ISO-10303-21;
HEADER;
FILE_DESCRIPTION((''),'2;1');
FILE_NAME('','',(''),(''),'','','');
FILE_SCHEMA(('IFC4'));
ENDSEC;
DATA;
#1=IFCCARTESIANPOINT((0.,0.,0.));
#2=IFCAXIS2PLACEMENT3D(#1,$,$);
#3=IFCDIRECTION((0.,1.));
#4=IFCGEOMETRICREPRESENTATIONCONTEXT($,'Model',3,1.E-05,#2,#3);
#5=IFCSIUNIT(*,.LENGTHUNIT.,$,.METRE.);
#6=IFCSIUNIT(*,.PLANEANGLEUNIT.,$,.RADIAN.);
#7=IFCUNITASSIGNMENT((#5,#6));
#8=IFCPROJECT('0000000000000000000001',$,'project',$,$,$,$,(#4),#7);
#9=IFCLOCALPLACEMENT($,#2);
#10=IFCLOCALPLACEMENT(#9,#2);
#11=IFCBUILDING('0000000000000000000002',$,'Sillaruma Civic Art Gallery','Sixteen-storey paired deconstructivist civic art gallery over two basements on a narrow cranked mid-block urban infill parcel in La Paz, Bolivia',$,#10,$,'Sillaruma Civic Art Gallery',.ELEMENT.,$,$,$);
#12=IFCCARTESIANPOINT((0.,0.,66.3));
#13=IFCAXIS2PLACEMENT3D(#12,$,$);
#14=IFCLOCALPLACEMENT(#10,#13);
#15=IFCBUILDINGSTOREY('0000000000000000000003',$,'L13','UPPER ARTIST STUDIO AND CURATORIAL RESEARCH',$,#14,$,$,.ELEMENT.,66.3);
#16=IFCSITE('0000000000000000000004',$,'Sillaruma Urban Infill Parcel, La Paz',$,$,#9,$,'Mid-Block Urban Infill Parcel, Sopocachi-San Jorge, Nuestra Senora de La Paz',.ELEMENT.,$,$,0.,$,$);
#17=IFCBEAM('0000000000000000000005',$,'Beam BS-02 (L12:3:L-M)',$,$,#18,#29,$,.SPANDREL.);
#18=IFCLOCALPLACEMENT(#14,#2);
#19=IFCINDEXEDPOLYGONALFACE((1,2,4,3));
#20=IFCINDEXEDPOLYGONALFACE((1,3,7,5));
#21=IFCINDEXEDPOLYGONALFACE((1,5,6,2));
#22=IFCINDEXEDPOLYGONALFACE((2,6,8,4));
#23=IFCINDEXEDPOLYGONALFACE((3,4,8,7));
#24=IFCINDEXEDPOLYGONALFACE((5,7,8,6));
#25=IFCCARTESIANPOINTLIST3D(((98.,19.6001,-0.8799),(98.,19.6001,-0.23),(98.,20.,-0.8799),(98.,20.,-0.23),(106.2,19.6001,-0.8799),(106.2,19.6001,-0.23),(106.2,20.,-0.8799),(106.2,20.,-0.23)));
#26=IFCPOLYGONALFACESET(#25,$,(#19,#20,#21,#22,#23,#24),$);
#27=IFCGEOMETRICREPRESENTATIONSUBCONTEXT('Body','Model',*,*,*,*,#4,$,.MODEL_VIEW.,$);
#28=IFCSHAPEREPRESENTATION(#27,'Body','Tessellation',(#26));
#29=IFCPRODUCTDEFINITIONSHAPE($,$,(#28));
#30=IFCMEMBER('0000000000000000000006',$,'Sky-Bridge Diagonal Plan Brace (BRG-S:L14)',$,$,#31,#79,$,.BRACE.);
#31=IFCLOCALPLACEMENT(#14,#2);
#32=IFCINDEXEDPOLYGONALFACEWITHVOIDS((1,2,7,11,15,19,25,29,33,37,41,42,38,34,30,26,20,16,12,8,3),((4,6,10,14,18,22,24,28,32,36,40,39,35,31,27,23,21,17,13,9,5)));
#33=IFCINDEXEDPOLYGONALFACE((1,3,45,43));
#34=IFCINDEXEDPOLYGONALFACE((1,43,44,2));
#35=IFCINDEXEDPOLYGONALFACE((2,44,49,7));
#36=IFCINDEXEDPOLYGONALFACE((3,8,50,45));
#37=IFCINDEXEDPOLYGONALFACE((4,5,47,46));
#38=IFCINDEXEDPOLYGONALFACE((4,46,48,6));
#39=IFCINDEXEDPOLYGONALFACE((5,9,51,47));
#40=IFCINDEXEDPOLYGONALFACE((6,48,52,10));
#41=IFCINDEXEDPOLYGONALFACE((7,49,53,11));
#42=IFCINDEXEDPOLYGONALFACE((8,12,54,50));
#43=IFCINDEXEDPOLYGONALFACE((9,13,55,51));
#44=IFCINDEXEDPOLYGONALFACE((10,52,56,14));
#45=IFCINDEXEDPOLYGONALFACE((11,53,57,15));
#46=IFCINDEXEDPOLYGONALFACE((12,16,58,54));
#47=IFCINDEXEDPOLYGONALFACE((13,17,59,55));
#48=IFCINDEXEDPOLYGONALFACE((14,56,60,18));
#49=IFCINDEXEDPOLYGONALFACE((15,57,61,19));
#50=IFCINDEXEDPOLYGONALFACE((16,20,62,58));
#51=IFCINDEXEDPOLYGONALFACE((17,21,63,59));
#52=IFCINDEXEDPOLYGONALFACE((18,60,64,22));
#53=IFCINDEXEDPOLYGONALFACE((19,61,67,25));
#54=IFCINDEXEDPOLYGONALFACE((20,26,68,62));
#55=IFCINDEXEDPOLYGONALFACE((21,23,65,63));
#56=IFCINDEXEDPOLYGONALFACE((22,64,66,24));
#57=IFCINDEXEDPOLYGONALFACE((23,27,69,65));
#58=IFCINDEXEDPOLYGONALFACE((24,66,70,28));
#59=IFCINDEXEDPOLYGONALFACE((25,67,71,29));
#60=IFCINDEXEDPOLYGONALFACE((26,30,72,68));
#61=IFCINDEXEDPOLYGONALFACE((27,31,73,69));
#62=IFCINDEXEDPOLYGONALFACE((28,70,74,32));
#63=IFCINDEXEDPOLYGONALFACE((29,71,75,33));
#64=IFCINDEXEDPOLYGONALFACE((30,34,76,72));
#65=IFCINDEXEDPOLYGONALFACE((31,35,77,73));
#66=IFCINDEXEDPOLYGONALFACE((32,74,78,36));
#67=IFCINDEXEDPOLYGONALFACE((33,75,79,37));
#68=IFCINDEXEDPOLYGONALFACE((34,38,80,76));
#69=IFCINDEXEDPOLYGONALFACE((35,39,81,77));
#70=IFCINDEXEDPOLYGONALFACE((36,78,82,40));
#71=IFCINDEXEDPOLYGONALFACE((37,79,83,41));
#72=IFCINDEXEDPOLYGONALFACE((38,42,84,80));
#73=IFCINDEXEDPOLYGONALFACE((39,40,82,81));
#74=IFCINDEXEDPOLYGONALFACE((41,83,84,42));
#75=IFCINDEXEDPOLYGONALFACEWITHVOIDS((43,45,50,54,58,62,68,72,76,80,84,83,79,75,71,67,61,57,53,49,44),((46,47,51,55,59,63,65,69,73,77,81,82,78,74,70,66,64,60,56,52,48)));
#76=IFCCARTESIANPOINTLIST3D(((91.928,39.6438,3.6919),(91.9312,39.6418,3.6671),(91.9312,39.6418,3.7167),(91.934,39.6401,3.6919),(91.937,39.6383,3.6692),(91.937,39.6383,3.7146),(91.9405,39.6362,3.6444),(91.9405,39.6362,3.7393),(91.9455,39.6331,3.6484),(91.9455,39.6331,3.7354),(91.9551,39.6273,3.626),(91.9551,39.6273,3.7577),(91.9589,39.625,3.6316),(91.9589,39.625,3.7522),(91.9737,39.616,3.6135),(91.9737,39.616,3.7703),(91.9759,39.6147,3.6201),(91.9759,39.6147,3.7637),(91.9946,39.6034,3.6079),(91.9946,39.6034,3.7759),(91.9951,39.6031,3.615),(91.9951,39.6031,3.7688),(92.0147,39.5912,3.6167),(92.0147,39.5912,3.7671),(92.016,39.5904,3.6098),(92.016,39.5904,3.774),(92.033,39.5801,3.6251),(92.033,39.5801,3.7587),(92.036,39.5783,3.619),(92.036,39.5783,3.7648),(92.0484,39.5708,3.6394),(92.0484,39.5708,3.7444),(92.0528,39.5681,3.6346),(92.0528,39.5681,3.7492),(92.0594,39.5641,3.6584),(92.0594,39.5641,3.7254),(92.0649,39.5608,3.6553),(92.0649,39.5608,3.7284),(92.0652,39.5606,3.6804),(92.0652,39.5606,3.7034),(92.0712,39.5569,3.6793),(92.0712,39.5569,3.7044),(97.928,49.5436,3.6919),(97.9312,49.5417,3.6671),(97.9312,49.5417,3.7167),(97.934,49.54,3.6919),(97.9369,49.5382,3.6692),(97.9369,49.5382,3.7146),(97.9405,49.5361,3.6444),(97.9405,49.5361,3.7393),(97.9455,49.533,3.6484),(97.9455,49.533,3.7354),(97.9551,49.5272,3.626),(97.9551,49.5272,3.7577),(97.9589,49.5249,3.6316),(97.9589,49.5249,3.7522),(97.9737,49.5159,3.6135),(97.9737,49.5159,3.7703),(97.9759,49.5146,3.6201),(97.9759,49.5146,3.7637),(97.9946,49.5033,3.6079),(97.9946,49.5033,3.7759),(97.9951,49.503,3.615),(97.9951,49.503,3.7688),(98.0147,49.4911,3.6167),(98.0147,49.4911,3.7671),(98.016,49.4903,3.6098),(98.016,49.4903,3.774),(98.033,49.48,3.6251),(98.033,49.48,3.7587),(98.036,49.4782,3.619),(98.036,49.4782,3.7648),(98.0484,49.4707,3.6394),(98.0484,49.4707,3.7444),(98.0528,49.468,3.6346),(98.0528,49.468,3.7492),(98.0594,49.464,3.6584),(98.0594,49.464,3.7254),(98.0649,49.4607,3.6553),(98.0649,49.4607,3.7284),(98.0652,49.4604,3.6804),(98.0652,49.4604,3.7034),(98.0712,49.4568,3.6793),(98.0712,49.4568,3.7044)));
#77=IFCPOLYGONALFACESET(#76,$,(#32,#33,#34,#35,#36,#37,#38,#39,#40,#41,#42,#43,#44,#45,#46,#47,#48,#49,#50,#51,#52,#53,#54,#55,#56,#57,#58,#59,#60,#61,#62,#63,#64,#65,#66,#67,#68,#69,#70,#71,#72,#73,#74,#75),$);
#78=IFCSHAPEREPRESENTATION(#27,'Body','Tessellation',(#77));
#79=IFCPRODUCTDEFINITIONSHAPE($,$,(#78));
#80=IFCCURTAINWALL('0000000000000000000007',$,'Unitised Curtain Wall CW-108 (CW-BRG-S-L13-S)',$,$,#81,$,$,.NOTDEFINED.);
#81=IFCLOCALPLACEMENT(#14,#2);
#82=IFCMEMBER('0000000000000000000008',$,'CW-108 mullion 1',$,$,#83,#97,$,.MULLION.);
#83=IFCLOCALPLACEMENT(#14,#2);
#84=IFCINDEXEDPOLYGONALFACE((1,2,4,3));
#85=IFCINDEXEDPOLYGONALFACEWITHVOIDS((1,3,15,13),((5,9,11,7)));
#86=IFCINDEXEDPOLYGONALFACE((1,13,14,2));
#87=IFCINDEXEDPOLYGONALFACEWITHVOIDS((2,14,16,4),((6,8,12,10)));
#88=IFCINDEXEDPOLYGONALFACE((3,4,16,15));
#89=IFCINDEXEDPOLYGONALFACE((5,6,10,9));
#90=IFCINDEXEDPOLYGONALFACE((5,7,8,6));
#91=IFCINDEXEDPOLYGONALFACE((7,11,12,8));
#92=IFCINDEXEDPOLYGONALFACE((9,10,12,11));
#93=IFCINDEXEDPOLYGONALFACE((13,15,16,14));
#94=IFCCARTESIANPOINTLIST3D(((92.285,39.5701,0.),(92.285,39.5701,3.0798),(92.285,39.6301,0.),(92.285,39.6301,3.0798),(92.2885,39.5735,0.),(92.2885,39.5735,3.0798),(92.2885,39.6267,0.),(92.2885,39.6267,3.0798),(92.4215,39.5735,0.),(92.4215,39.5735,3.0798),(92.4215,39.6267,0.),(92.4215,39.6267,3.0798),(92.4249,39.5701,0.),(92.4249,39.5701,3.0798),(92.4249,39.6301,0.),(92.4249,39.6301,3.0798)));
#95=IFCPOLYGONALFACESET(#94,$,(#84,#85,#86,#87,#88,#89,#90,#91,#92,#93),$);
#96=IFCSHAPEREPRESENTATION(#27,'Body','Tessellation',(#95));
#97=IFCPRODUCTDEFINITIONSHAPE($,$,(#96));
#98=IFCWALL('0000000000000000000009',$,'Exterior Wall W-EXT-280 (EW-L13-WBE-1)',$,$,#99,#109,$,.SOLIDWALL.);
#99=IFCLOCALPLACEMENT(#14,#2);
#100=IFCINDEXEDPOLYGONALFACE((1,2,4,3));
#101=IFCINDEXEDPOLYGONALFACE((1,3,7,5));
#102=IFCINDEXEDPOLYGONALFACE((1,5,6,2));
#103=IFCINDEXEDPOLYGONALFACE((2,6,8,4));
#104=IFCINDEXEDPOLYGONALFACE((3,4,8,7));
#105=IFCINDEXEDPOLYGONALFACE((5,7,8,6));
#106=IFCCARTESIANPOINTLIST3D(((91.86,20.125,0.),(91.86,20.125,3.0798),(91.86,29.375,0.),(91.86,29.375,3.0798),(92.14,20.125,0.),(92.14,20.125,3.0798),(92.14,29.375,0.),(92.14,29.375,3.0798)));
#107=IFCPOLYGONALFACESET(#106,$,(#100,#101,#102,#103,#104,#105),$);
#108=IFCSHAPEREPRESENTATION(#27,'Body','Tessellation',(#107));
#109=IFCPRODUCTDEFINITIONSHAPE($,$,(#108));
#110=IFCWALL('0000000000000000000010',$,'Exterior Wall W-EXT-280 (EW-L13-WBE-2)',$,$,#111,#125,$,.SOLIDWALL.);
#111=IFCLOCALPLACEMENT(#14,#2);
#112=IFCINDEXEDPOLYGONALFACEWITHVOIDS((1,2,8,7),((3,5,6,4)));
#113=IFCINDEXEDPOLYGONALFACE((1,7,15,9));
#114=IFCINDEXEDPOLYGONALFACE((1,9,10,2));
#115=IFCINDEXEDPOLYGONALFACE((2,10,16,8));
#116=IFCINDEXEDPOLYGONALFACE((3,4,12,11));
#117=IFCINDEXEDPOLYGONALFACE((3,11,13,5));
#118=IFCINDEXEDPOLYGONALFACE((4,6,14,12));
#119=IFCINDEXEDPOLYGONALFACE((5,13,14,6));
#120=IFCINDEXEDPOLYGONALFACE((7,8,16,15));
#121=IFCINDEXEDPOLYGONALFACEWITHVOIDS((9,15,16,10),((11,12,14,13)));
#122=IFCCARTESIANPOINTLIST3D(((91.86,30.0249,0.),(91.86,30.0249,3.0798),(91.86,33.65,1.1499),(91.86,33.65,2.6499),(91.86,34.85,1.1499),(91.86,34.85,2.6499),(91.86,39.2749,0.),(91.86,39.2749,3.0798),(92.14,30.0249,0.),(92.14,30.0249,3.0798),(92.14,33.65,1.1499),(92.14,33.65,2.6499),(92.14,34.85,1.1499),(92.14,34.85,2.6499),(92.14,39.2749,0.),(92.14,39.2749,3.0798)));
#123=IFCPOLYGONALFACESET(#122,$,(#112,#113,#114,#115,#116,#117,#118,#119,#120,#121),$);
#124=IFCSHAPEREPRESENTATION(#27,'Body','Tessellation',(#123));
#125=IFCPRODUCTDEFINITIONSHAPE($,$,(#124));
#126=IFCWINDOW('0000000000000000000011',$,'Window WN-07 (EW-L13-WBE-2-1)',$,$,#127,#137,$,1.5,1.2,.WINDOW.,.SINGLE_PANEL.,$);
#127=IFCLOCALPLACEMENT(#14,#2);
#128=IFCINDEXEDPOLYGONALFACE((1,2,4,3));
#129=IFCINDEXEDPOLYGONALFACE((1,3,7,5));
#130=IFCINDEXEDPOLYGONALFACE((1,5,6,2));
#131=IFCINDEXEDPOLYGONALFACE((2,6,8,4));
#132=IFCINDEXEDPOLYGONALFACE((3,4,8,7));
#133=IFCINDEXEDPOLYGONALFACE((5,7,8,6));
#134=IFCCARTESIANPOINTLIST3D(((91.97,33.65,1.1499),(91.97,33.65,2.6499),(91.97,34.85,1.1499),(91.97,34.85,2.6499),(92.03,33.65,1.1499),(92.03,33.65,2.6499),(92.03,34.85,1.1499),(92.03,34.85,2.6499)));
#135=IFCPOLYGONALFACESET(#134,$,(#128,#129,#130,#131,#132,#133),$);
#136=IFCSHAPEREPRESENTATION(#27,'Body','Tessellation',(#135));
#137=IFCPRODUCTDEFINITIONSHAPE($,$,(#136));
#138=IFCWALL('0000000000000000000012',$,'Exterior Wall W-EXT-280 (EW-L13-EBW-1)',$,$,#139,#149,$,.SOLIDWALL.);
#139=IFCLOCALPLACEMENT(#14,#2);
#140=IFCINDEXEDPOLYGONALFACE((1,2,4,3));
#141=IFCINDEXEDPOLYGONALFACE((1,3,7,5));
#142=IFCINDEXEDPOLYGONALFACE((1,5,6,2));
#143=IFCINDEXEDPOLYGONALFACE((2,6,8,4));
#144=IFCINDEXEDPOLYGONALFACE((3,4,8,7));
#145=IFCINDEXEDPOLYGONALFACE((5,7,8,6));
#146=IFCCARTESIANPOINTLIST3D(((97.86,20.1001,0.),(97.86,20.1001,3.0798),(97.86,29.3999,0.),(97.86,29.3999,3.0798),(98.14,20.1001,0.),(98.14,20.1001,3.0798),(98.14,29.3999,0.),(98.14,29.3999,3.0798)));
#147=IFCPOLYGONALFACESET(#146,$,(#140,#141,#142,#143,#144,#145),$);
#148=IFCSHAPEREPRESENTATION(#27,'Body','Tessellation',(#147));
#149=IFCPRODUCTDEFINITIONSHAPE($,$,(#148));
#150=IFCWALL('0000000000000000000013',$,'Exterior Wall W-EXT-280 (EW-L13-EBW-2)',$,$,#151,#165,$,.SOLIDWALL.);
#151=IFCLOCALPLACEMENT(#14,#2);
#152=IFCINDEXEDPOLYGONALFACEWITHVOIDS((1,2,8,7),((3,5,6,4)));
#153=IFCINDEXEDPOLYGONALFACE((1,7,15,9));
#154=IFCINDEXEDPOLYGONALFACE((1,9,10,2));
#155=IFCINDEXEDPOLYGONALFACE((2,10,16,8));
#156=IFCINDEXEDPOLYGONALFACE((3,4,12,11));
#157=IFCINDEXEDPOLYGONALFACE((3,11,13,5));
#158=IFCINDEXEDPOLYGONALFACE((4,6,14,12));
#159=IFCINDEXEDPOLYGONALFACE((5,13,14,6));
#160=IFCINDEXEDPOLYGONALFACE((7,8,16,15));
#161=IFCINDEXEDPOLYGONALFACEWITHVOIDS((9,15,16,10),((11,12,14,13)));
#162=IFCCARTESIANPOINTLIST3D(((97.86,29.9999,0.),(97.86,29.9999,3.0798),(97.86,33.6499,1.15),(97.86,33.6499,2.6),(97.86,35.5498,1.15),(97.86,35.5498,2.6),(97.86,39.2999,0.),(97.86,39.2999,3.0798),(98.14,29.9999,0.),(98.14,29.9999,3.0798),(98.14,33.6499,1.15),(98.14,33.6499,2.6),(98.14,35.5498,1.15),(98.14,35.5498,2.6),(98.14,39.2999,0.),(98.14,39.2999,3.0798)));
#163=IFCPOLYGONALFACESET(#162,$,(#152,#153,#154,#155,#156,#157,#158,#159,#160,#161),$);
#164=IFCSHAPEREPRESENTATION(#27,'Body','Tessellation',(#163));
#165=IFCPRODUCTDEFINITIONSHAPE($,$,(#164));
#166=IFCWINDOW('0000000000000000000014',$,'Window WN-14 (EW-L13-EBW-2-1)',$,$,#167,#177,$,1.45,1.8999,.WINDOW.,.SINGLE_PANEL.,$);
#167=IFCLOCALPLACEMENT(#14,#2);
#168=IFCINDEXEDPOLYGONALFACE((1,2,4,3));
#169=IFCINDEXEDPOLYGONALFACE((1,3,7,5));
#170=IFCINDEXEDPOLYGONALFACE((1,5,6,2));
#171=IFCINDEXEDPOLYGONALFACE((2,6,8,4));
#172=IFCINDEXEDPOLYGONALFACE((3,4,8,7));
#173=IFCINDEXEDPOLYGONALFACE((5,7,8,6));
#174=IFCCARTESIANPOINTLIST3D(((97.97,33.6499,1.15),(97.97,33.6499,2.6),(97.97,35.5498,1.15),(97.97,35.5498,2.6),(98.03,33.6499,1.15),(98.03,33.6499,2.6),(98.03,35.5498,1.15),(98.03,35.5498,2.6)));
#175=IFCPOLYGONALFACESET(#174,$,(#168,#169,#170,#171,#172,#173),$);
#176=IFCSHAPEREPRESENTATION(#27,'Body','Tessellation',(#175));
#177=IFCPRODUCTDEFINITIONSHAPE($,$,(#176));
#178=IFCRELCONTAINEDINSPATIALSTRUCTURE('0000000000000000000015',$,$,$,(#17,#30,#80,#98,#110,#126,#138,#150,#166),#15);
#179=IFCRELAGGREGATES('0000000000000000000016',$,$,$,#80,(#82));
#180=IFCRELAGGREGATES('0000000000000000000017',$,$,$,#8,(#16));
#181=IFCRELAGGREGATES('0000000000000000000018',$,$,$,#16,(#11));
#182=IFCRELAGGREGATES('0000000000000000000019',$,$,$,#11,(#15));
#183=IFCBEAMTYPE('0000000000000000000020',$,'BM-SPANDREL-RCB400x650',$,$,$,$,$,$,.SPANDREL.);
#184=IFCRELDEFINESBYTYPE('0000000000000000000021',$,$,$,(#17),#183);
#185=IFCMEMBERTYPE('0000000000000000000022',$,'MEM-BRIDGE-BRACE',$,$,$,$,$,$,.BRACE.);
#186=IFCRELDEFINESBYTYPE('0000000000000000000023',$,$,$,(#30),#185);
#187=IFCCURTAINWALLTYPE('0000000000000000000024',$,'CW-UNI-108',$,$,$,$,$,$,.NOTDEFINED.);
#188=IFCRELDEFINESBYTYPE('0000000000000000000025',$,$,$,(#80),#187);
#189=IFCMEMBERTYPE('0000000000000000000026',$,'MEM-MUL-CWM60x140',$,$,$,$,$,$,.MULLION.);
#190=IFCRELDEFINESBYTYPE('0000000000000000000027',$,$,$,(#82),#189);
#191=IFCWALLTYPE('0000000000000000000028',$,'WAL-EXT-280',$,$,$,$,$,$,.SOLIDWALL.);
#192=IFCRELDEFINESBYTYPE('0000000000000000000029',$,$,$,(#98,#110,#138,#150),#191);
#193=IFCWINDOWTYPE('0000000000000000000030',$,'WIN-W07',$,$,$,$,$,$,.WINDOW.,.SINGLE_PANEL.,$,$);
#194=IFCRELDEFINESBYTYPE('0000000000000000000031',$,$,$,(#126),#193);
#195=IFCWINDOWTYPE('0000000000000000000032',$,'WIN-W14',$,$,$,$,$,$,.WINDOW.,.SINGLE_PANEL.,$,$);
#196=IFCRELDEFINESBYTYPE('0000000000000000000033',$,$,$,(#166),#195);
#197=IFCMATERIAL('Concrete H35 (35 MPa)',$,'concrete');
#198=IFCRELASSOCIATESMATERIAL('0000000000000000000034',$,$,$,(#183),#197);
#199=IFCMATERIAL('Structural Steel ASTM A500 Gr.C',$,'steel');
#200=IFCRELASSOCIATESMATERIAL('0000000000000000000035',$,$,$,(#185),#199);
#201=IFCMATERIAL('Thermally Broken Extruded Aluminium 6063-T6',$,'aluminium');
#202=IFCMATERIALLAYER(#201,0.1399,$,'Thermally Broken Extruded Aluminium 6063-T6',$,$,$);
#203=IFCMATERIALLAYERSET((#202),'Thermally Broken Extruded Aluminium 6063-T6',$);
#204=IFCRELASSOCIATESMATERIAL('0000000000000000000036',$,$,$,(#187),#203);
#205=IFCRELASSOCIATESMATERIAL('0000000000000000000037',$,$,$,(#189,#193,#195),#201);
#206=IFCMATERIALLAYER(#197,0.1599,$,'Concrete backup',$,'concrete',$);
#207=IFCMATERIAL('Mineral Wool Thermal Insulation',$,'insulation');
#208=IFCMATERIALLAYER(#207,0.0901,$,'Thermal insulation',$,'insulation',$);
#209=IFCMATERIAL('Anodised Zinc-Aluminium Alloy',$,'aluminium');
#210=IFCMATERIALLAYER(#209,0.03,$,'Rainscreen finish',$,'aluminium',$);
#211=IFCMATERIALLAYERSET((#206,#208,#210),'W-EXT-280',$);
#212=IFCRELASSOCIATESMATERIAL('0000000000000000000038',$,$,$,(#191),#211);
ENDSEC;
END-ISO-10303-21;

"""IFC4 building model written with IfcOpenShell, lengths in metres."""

from ifc_helpers import new_model, si_unit, direction, frame, frame_2d, origin, origin_2d, place, context, subcontext, project, spatial, rectangle, hollow_rectangle, hollow_circle, extrude, material, layer, layer_set, material_profile, profile_set, type_object, element, fill, aggregate, save


model = new_model("IFC4")

# Units and contexts
model_context = context("Model", 3, precision=1e-05, world=origin(), true_north=direction((0.0, 1.0)))
body_context = subcontext(model_context, "Body", "Model", "MODEL_VIEW")
ifc_project = project(units=[si_unit("LENGTHUNIT", "METRE"), si_unit("PLANEANGLEUNIT", "RADIAN")], contexts=[model_context])

# Site, building, storey
site_placement = place(None, origin())
site = spatial("IfcSite", under=ifc_project, at=site_placement, Name="Sillaruma Urban Infill Parcel, La Paz", LongName="Mid-Block Urban Infill Parcel, Sopocachi-San Jorge, Nuestra Senora de La Paz", CompositionType="ELEMENT", RefElevation=0.0)
building_placement = place(site_placement, origin())
building = spatial("IfcBuilding", under=site, at=building_placement, Name="Sillaruma Civic Art Gallery", Description="Sixteen-storey paired deconstructivist civic art gallery over two basements on a narrow cranked mid-block urban infill parcel in La Paz, Bolivia", LongName="Sillaruma Civic Art Gallery", CompositionType="ELEMENT")
storey_placement = place(building_placement, frame((0.0, 0.0, 66.3)))
storey = spatial("IfcBuildingStorey", under=building, at=storey_placement, Name="L13", Description="UPPER ARTIST STUDIO AND CURATORIAL RESEARCH", CompositionType="ELEMENT", Elevation=66.3)

# Beam
ifc_material_1 = material(Name="Concrete H35 (35 MPa)", Category="concrete")
ifc_material_profile_1 = material_profile(ifc_material_1, rectangle(XDim=0.3999, YDim=0.6499, at=origin_2d()), Name="RCB400x650")
ifc_profile_set_1 = profile_set([ifc_material_profile_1], Name="Concrete H35 (35 MPa)")
beam_type_1 = type_object("IfcBeamType", Name="BM-SPANDREL-RCB400x650", PredefinedType="SPANDREL", material=ifc_profile_set_1)
beam_1_placement = place(storey_placement, frame((98.0, 19.8, -0.5549), z_axis=(1.0, 0.0, 0.0), x_axis=(0.0, 1.0, 0.0)))
element("IfcBeam", 1, at=beam_1_placement, inside=storey, type_object=beam_type_1, Name="Beam BS-02 (L12:3:L-M)", PredefinedType="SPANDREL", context=body_context, shape_type="SweptSolid", body=[
    extrude(rectangle(XDim=0.3999, YDim=0.6499, at=origin_2d()), origin(), (0.0, 0.0, 1.0), 8.2),
])

# Member
ifc_material_2 = material(Name="Structural Steel ASTM A500 Gr.C", Category="steel")
ifc_material_profile_2 = material_profile(ifc_material_2, hollow_circle(Radius=0.0842, WallThickness=0.0071, at=origin_2d()), Name="CHS168.3x7.1")
ifc_profile_set_2 = profile_set([ifc_material_profile_2], Name="Structural Steel ASTM A500 Gr.C")
member_type_1 = type_object("IfcMemberType", Name="MEM-BRIDGE-BRACE", PredefinedType="BRACE", material=ifc_profile_set_2)
member_1_placement = place(storey_placement, frame((92.0, 39.6001, 3.6919), z_axis=(0.518305, 0.855196, 0.0), x_axis=(-0.855196, 0.518305, 0.0)))
element("IfcMember", 2, at=member_1_placement, inside=storey, type_object=member_type_1, Name="Sky-Bridge Diagonal Plan Brace (BRG-S:L14)", PredefinedType="BRACE", context=body_context, shape_type="SweptSolid", body=[
    extrude(hollow_circle(Radius=0.0842, WallThickness=0.0071, at=origin_2d()), origin(), (0.0, 0.0, 1.0), 11.5762),
])

# Curtain wall, member
ifc_material_3 = material(Name="Thermally Broken Extruded Aluminium 6063-T6", Category="aluminium")
ifc_layer_1 = layer(ifc_material_3, 0.1399, Name="Thermally Broken Extruded Aluminium 6063-T6")
ifc_layer_set_1 = layer_set([ifc_layer_1], Name="Thermally Broken Extruded Aluminium 6063-T6")
curtain_wall_type = type_object("IfcCurtainWallType", Name="CW-UNI-108", PredefinedType="NOTDEFINED", material=ifc_layer_set_1)
curtain_wall_placement = place(storey_placement, origin())
curtain_wall = element("IfcCurtainWall", 3, at=curtain_wall_placement, inside=storey, type_object=curtain_wall_type, Name="Unitised Curtain Wall CW-108 (CW-BRG-S-L13-S)", PredefinedType="NOTDEFINED")
ifc_material_profile_3 = material_profile(ifc_material_3, hollow_rectangle(XDim=0.0601, YDim=0.1399, WallThickness=0.0034, at=origin_2d()), Name="CWM60x140")
ifc_profile_set_3 = profile_set([ifc_material_profile_3], Name="Thermally Broken Extruded Aluminium 6063-T6")
member_type_2 = type_object("IfcMemberType", Name="MEM-MUL-CWM60x140", PredefinedType="MULLION", material=ifc_profile_set_3)
member_2_placement = place(storey_placement, frame((92.355, 39.6001, 0.0), z_axis=(0.0, 0.0, 1.0), x_axis=(0.0, 1.0, 0.0)))
member_2 = element("IfcMember", 4, at=member_2_placement, type_object=member_type_2, Name="CW-108 mullion 1", PredefinedType="MULLION", context=body_context, shape_type="SweptSolid", body=[
    extrude(hollow_rectangle(XDim=0.0601, YDim=0.1399, WallThickness=0.0034, at=origin_2d()), origin(), (0.0, 0.0, 1.0), 3.0798),
])
aggregate(curtain_wall, [member_2])

# Wall
ifc_layer_2 = layer(ifc_material_1, 0.1599, Name="Concrete backup", Category="concrete")
ifc_material_4 = material(Name="Mineral Wool Thermal Insulation", Category="insulation")
ifc_layer_3 = layer(ifc_material_4, 0.0901, Name="Thermal insulation", Category="insulation")
ifc_material_5 = material(Name="Anodised Zinc-Aluminium Alloy", Category="aluminium")
ifc_layer_4 = layer(ifc_material_5, 0.03, Name="Rainscreen finish", Category="aluminium")
ifc_layer_set_2 = layer_set([ifc_layer_2, ifc_layer_3, ifc_layer_4], Name="W-EXT-280")
wall_type_1 = type_object("IfcWallType", Name="WAL-EXT-280", PredefinedType="SOLIDWALL", material=ifc_layer_set_2)
wall_1_placement = place(storey_placement, frame((92.0, 20.125, 0.0), z_axis=(0.0, 0.0, 1.0), x_axis=(0.0, 1.0, 0.0)))
element("IfcWall", 5, at=wall_1_placement, inside=storey, type_object=wall_type_1, Name="Exterior Wall W-EXT-280 (EW-L13-WBE-1)", PredefinedType="SOLIDWALL", context=body_context, shape_type="SweptSolid", body=[
    extrude(rectangle(XDim=9.25, YDim=0.28, at=frame_2d((4.625, 0.0))), origin(), (0.0, 0.0, 1.0), 3.0798),
])

# Wall, opening, window
wall_2_placement = place(storey_placement, frame((92.0, 30.0249, 0.0), z_axis=(0.0, 0.0, 1.0), x_axis=(0.0, 1.0, 0.0)))
wall_2 = element("IfcWall", 6, at=wall_2_placement, inside=storey, type_object=wall_type_1, Name="Exterior Wall W-EXT-280 (EW-L13-WBE-2)", PredefinedType="SOLIDWALL", context=body_context, shape_type="SweptSolid", body=[
    extrude(rectangle(XDim=9.25, YDim=0.28, at=frame_2d((4.625, 0.0))), origin(), (0.0, 0.0, 1.0), 3.0798),
])
opening_1_placement = place(wall_2_placement, frame((3.625, 0.0, 1.1499)))
opening_1 = element("IfcOpeningElement", 7, at=opening_1_placement, cuts=wall_2, PredefinedType="OPENING", context=body_context, shape_type="SweptSolid", body=[
    extrude(rectangle(XDim=1.2, YDim=1.5, at=frame_2d((0.6001, 0.75))), frame((0.0, 0.1499, 0.0), z_axis=(0.0, -1.0, 0.0), x_axis=(1.0, 0.0, 0.0)), (0.0, 0.0, 1.0), 0.3),
])
window_type_1 = type_object("IfcWindowType", Name="WIN-W07", PartitioningType="SINGLE_PANEL", PredefinedType="WINDOW", material=ifc_material_3)
window_1_placement = place(opening_1_placement, origin())
window_1 = element("IfcWindow", 8, at=window_1_placement, inside=storey, type_object=window_type_1, Name="Window WN-07 (EW-L13-WBE-2-1)", OverallHeight=1.5, OverallWidth=1.2, PartitioningType="SINGLE_PANEL", PredefinedType="WINDOW", context=body_context, shape_type="SweptSolid", body=[
    extrude(rectangle(XDim=1.2, YDim=1.5, at=frame_2d((0.6001, 0.75))), frame((0.0, 0.03, 0.0), z_axis=(0.0, -1.0, 0.0), x_axis=(1.0, 0.0, 0.0)), (0.0, 0.0, 1.0), 0.0601),
])
fill(opening_1, window_1)

# Wall
wall_3_placement = place(storey_placement, frame((98.0, 20.1001, 0.0), z_axis=(0.0, 0.0, 1.0), x_axis=(0.0, 1.0, 0.0)))
element("IfcWall", 9, at=wall_3_placement, inside=storey, type_object=wall_type_1, Name="Exterior Wall W-EXT-280 (EW-L13-EBW-1)", PredefinedType="SOLIDWALL", context=body_context, shape_type="SweptSolid", body=[
    extrude(rectangle(XDim=9.2998, YDim=0.28, at=frame_2d((4.6499, 0.0))), origin(), (0.0, 0.0, 1.0), 3.0798),
])

# Wall, opening, window
wall_4_placement = place(storey_placement, frame((98.0, 30.0, 0.0), z_axis=(0.0, 0.0, 1.0), x_axis=(0.0, 1.0, 0.0)))
wall_4 = element("IfcWall", 10, at=wall_4_placement, inside=storey, type_object=wall_type_1, Name="Exterior Wall W-EXT-280 (EW-L13-EBW-2)", PredefinedType="SOLIDWALL", context=body_context, shape_type="SweptSolid", body=[
    extrude(rectangle(XDim=9.3, YDim=0.28, at=frame_2d((4.6499, 0.0))), origin(), (0.0, 0.0, 1.0), 3.0798),
])
opening_2_placement = place(wall_4_placement, frame((3.6499, 0.0, 1.1499)))
opening_2 = element("IfcOpeningElement", 11, at=opening_2_placement, cuts=wall_4, PredefinedType="OPENING", context=body_context, shape_type="SweptSolid", body=[
    extrude(rectangle(XDim=1.8999, YDim=1.45, at=frame_2d((0.95, 0.7251))), frame((0.0, 0.1499, 0.0), z_axis=(0.0, -1.0, 0.0), x_axis=(1.0, 0.0, 0.0)), (0.0, 0.0, 1.0), 0.3),
])
window_type_2 = type_object("IfcWindowType", Name="WIN-W14", PartitioningType="SINGLE_PANEL", PredefinedType="WINDOW", material=ifc_material_3)
window_2_placement = place(opening_2_placement, origin())
window_2 = element("IfcWindow", 12, at=window_2_placement, inside=storey, type_object=window_type_2, Name="Window WN-14 (EW-L13-EBW-2-1)", OverallHeight=1.45, OverallWidth=1.8999, PartitioningType="SINGLE_PANEL", PredefinedType="WINDOW", context=body_context, shape_type="SweptSolid", body=[
    extrude(rectangle(XDim=1.8999, YDim=1.45, at=frame_2d((0.95, 0.7251))), frame((0.0, 0.03, 0.0), z_axis=(0.0, -1.0, 0.0), x_axis=(1.0, 0.0, 0.0)), (0.0, 0.0, 1.0), 0.0601),
])
fill(opening_2, window_2)

save(model, "model.ifc")
